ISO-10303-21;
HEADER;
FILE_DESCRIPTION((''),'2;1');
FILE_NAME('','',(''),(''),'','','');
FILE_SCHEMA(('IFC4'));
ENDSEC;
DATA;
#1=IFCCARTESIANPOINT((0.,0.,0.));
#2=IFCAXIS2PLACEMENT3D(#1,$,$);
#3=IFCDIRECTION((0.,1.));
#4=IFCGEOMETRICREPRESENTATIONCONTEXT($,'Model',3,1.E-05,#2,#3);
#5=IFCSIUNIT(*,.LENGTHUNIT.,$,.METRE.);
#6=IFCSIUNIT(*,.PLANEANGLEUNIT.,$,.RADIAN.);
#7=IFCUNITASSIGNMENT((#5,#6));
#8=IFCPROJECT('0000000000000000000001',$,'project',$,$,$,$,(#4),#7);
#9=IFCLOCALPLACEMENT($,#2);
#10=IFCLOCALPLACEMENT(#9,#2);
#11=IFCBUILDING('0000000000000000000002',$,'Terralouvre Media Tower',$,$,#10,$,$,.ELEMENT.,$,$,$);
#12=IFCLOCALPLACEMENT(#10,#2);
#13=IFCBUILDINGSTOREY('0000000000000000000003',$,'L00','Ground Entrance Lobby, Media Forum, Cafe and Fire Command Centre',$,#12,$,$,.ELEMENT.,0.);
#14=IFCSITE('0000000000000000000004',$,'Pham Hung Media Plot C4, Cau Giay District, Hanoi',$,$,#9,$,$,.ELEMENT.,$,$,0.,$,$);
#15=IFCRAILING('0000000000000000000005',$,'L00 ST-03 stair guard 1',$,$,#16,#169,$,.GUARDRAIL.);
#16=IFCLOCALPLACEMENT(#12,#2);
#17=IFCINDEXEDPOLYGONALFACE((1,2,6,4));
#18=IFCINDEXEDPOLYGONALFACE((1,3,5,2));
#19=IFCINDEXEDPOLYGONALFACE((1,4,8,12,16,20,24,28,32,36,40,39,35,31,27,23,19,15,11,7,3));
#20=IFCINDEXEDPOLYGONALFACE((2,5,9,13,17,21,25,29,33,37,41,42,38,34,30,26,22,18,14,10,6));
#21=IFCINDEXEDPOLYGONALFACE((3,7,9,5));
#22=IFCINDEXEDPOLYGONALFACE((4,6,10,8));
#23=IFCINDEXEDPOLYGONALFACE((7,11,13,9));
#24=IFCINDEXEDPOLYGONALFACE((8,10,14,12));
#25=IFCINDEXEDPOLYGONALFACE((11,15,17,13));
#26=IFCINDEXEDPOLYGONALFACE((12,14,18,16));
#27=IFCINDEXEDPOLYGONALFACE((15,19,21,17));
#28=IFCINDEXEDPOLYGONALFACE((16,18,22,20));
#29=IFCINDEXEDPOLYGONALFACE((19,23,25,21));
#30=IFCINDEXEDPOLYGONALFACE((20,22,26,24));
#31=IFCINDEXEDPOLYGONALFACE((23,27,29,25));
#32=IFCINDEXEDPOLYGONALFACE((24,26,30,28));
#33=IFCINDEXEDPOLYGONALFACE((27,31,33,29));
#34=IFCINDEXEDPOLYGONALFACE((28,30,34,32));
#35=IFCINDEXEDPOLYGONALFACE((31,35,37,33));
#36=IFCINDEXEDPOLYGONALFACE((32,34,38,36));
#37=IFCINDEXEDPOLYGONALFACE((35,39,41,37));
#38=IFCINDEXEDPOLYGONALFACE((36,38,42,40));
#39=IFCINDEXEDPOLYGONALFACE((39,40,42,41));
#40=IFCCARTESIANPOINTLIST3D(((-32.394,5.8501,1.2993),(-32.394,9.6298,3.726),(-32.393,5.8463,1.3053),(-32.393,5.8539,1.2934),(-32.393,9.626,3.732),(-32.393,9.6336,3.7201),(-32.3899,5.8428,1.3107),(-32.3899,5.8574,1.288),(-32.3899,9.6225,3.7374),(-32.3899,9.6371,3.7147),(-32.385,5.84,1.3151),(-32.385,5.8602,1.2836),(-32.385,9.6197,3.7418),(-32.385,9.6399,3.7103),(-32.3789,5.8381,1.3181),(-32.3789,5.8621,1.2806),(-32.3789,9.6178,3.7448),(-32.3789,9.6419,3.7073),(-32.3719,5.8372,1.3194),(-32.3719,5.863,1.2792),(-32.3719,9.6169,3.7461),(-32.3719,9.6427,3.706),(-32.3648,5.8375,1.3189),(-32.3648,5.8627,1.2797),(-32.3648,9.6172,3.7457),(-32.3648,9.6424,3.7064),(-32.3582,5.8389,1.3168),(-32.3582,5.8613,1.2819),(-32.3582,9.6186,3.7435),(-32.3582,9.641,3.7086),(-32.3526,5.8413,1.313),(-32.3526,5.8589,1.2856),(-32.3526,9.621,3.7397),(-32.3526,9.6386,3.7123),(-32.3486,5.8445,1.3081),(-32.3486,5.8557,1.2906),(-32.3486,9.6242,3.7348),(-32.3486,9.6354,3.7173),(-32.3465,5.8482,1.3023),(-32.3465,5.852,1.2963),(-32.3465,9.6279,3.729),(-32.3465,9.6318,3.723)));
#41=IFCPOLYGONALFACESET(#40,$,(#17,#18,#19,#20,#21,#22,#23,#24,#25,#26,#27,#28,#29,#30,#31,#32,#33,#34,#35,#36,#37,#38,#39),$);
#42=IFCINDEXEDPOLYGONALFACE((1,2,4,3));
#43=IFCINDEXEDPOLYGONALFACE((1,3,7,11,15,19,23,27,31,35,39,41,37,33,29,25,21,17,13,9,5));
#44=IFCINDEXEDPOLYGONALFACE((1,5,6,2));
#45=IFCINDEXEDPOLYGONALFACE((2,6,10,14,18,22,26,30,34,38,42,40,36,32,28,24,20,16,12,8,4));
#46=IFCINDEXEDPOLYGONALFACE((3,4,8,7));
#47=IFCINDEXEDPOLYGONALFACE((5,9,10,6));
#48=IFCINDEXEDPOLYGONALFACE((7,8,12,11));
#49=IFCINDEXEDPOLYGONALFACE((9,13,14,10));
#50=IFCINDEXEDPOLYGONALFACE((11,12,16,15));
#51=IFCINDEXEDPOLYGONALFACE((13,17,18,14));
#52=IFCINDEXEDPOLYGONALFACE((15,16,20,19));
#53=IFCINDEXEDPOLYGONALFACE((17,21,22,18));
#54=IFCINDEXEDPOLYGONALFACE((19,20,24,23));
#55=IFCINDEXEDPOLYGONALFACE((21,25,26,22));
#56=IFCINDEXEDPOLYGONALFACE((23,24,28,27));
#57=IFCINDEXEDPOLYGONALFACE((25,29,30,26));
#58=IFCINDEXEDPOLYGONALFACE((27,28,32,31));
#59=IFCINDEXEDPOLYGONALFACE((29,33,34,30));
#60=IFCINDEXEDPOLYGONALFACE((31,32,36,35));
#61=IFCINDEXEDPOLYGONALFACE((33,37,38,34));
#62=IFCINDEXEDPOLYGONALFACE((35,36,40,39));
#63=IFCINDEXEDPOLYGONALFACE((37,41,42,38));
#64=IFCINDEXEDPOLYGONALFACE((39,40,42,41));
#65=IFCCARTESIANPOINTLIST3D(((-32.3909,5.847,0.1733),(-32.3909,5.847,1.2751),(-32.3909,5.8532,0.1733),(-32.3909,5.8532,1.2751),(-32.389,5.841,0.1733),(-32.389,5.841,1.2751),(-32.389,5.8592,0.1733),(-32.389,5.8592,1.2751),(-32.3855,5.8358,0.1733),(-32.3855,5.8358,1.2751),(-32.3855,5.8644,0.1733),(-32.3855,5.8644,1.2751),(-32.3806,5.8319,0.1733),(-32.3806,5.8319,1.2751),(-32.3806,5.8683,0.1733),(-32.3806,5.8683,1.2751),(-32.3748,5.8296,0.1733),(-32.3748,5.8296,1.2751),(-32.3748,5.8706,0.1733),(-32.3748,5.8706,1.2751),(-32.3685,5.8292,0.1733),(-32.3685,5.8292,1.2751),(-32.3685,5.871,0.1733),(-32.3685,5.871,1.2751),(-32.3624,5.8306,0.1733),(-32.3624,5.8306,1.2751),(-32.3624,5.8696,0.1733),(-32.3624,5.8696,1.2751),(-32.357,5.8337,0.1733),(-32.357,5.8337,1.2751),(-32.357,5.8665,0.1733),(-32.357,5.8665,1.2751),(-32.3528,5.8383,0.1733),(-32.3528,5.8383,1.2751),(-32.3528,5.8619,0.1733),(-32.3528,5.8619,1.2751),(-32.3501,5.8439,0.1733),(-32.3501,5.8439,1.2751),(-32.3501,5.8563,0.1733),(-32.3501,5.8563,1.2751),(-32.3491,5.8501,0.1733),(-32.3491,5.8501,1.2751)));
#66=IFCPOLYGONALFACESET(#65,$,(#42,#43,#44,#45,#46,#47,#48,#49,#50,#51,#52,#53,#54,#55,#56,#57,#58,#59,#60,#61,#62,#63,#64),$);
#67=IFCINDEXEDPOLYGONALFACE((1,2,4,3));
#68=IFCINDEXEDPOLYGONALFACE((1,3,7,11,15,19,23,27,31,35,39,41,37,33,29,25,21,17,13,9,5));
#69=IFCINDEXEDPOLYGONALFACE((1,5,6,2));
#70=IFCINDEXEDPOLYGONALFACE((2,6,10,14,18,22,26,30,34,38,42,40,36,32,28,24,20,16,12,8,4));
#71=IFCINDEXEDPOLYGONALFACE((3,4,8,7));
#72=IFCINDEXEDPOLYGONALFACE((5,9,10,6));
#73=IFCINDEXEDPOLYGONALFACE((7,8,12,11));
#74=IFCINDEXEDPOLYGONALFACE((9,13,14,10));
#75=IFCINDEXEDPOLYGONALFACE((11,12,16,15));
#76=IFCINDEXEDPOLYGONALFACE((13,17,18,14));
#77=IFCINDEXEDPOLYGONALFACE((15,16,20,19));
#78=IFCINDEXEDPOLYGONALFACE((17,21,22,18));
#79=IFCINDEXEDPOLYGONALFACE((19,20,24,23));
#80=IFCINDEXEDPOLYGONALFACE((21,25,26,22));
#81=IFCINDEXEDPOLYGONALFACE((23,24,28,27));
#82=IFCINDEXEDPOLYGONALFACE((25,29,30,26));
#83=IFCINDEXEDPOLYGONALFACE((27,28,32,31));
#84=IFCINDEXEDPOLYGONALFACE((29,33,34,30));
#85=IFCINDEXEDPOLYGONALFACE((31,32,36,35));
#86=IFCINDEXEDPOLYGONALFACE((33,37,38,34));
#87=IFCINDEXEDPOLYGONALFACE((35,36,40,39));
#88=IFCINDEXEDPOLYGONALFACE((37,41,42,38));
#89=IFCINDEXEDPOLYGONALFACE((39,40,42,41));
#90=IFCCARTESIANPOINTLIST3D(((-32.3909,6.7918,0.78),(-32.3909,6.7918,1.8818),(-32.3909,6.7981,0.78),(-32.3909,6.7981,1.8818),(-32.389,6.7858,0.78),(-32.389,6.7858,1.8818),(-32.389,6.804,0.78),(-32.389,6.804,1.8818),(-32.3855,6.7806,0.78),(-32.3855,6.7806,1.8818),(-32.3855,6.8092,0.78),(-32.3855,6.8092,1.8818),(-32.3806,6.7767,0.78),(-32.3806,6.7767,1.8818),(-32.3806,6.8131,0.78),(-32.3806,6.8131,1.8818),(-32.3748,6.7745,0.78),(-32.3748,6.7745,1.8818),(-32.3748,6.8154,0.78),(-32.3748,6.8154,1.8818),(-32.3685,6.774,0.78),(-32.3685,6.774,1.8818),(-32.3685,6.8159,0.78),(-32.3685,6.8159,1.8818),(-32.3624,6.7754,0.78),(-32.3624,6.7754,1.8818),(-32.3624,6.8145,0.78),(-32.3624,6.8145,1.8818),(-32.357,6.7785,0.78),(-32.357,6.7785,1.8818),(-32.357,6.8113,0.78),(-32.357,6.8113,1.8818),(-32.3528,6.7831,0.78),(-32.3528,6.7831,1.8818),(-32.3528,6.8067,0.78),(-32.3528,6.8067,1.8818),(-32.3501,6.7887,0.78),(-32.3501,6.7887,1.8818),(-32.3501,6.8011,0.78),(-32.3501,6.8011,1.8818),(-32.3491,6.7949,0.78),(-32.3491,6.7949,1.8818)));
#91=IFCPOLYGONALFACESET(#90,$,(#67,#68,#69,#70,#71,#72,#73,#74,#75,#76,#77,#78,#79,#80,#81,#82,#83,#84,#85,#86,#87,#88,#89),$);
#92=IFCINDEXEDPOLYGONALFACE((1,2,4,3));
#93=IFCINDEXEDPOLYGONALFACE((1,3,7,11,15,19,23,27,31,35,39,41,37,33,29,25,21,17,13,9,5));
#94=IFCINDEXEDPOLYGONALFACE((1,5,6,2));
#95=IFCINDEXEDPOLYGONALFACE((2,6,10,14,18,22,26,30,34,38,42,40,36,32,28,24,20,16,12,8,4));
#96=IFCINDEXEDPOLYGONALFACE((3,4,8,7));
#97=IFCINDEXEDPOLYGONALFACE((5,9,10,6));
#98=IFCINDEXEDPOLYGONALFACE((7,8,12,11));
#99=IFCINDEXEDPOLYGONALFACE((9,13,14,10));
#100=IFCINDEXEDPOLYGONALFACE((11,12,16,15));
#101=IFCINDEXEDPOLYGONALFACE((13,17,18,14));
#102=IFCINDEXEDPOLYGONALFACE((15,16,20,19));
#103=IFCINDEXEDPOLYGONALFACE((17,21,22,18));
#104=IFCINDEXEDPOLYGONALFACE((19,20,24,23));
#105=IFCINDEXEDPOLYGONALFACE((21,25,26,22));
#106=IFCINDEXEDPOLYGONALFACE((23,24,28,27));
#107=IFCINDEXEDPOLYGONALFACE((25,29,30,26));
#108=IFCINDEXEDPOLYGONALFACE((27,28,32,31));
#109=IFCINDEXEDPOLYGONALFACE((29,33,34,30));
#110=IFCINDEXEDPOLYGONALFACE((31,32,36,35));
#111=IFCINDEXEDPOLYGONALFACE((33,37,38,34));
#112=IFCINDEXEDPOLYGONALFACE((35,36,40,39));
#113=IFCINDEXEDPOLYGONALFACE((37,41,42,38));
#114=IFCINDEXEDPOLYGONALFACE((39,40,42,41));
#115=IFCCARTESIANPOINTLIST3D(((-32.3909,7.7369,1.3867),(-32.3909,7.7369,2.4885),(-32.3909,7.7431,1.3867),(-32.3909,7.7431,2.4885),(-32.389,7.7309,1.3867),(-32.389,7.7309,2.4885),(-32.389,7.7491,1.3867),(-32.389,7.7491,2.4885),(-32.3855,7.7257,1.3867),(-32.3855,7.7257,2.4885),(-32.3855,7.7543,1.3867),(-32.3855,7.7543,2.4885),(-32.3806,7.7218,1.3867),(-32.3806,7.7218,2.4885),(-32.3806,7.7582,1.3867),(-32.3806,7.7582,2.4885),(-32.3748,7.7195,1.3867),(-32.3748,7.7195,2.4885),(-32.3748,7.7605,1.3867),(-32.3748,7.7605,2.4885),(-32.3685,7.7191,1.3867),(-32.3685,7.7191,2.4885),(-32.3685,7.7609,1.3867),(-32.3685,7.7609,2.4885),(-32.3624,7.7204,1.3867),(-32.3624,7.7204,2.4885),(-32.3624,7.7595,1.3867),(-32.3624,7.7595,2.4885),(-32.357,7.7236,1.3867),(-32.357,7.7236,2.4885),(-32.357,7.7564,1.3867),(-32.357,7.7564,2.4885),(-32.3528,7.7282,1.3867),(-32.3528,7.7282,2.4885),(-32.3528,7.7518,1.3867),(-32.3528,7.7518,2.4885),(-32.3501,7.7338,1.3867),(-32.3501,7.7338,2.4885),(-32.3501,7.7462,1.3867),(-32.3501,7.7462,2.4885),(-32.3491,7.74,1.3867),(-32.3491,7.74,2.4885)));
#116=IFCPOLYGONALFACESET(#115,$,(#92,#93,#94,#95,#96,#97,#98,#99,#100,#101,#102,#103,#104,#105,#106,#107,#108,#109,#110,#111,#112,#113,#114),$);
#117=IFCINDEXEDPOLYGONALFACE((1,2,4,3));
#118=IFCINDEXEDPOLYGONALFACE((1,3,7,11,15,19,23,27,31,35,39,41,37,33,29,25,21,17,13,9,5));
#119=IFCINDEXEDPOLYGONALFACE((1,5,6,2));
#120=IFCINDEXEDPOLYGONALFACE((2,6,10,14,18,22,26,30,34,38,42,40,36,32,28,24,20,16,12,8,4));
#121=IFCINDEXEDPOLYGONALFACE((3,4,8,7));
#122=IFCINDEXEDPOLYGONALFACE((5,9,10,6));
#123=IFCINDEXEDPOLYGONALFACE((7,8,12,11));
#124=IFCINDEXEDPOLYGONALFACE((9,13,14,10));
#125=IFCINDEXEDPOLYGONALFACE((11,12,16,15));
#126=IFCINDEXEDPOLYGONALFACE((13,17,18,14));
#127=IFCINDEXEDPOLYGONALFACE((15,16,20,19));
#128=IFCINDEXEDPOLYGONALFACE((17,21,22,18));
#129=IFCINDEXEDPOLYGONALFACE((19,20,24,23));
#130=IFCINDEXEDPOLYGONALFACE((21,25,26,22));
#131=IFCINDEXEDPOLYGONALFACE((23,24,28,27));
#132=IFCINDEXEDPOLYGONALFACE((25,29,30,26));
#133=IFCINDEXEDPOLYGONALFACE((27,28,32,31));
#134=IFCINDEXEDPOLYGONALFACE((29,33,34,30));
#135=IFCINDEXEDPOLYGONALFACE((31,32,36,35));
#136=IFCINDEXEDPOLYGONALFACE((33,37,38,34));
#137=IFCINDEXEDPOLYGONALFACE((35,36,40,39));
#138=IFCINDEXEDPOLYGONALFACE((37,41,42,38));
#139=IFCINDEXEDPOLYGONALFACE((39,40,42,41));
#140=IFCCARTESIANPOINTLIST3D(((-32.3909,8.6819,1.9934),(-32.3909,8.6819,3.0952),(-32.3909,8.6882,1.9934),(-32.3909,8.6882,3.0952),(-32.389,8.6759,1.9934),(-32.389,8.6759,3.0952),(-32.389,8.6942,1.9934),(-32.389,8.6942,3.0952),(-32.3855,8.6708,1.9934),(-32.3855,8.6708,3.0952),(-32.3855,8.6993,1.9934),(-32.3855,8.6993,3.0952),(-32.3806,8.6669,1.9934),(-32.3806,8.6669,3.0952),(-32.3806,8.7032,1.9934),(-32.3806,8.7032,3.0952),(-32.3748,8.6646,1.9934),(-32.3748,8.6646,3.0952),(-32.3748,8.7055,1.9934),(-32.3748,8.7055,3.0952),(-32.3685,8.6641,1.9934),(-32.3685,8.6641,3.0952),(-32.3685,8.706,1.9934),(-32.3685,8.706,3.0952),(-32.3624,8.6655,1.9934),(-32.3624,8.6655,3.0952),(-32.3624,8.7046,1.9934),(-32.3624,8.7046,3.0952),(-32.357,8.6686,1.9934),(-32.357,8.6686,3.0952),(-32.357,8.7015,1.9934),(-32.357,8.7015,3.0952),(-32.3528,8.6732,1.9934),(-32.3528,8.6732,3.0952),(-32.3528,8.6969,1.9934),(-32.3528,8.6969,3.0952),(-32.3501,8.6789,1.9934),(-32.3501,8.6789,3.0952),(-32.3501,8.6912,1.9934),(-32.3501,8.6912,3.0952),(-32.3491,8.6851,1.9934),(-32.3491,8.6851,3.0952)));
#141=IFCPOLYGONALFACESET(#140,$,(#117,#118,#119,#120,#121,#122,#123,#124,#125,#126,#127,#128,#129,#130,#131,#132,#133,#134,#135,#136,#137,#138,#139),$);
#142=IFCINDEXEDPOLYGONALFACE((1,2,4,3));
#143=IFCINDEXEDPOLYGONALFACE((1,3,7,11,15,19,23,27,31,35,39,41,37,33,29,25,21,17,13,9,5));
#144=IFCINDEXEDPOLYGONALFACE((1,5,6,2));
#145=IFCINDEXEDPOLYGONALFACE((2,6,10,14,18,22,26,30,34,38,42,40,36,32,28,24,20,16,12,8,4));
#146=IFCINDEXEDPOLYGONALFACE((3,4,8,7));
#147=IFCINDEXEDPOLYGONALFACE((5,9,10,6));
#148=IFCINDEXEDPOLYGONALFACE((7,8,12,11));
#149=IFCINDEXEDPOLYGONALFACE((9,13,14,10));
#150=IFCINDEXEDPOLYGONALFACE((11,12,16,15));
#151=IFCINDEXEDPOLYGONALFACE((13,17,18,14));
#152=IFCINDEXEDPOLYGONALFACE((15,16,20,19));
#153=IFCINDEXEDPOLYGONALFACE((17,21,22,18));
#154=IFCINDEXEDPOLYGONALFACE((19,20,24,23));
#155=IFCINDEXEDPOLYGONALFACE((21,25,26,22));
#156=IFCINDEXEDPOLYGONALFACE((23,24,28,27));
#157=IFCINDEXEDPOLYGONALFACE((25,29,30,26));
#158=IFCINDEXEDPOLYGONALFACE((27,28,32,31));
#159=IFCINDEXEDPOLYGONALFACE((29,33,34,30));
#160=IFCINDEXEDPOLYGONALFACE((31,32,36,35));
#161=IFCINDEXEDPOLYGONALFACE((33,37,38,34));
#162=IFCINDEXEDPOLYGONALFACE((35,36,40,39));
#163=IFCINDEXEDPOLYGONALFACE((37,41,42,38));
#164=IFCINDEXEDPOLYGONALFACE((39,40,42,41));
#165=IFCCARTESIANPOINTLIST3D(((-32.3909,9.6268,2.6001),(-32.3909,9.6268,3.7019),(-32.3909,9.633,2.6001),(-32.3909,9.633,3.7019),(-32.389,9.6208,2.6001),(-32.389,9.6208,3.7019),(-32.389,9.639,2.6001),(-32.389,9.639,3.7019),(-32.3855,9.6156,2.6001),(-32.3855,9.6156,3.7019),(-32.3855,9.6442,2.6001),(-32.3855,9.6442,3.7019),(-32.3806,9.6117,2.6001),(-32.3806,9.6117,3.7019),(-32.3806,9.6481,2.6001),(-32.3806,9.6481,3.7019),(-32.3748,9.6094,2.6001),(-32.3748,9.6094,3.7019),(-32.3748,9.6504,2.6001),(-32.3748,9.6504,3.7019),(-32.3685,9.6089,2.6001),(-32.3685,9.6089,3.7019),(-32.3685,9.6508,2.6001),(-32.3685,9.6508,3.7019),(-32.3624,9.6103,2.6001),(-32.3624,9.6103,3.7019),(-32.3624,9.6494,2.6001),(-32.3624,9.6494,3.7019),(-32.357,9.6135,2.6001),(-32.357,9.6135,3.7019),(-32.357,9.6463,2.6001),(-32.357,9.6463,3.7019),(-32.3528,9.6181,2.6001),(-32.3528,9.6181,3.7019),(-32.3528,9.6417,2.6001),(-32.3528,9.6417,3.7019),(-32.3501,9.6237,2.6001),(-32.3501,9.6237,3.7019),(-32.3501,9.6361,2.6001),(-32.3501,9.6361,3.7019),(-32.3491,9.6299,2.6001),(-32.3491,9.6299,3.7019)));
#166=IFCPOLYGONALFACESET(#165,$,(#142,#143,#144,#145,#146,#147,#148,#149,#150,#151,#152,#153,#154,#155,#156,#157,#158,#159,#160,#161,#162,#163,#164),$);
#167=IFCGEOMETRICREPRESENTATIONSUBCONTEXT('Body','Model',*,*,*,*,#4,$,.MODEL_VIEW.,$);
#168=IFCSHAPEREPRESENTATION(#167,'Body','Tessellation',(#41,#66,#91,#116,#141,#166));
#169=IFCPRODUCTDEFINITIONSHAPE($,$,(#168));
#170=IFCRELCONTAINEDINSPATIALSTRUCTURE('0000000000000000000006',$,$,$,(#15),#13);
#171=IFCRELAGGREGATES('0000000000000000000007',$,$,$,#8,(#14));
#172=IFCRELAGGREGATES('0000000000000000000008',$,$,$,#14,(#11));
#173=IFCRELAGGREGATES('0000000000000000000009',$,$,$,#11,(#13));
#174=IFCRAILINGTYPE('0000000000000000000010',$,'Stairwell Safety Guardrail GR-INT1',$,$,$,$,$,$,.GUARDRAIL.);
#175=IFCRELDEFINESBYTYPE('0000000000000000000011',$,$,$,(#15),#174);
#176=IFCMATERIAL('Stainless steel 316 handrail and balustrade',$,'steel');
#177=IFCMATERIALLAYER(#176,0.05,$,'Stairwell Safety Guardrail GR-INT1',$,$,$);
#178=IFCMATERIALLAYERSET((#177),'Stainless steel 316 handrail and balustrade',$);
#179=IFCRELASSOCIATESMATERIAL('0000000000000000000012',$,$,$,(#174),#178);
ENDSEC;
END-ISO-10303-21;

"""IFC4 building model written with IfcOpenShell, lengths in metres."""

from ifc_helpers import new_model, si_unit, direction, frame, origin, origin_2d, place, context, subcontext, project, spatial, circle, extrude, material, layer, layer_set, type_object, element, save


model = new_model("IFC4")

# Units and contexts
model_context = context("Model", 3, precision=1e-05, world=origin(), true_north=direction((0.0, 1.0)))
body_context = subcontext(model_context, "Body", "Model", "MODEL_VIEW")
ifc_project = project(units=[si_unit("LENGTHUNIT", "METRE"), si_unit("PLANEANGLEUNIT", "RADIAN")], contexts=[model_context])

# Site, building, storey
site_placement = place(None, origin())
site = spatial("IfcSite", under=ifc_project, at=site_placement, Name="Pham Hung Media Plot C4, Cau Giay District, Hanoi", CompositionType="ELEMENT", RefElevation=0.0)
building_placement = place(site_placement, origin())
building = spatial("IfcBuilding", under=site, at=building_placement, Name="Terralouvre Media Tower", CompositionType="ELEMENT")
storey_placement = place(building_placement, origin())
storey = spatial("IfcBuildingStorey", under=building, at=storey_placement, Name="L00", Description="Ground Entrance Lobby, Media Forum, Cafe and Fire Command Centre", CompositionType="ELEMENT", Elevation=0.0)

# Railing
ifc_material_1 = material(Name="Stainless steel 316 handrail and balustrade", Category="steel")
ifc_layer_1 = layer(ifc_material_1, 0.05, Name="Stairwell Safety Guardrail GR-INT1")
ifc_layer_set_1 = layer_set([ifc_layer_1], Name="Stainless steel 316 handrail and balustrade")
railing_type_1 = type_object("IfcRailingType", Name="Stairwell Safety Guardrail GR-INT1", PredefinedType="GUARDRAIL", material=ifc_layer_set_1)
railing_1_placement = place(storey_placement, frame((-32.3701, 5.8501, 0.1733)))
element("IfcRailing", 1, at=railing_1_placement, inside=storey, type_object=railing_type_1, Name="L00 ST-03 stair guard 1", PredefinedType="GUARDRAIL", context=body_context, shape_type="SweptSolid", body=[
    extrude(circle(Radius=0.0239, at=origin_2d()), frame((0.0, 0.0, 1.126), z_axis=(0.0, 0.841493, 0.540269), x_axis=(-1.0, 0.0, 0.0)), (0.0, 0.0, 1.0), 4.4917),
    extrude(circle(Radius=0.021, at=origin_2d()), origin(), (0.0, 0.0, 1.0), 1.1018),
    extrude(circle(Radius=0.021, at=origin_2d()), frame((0.0, 0.9448, 0.6067)), (0.0, 0.0, 1.0), 1.1018),
    extrude(circle(Radius=0.021, at=origin_2d()), frame((0.0, 1.8899, 1.2134)), (0.0, 0.0, 1.0), 1.1018),
    extrude(circle(Radius=0.021, at=origin_2d()), frame((0.0, 2.835, 1.8201)), (0.0, 0.0, 1.0), 1.1018),
    extrude(circle(Radius=0.021, at=origin_2d()), frame((0.0, 3.7798, 2.4268)), (0.0, 0.0, 1.0), 1.1018),
])

save(model, "model.ifc")
